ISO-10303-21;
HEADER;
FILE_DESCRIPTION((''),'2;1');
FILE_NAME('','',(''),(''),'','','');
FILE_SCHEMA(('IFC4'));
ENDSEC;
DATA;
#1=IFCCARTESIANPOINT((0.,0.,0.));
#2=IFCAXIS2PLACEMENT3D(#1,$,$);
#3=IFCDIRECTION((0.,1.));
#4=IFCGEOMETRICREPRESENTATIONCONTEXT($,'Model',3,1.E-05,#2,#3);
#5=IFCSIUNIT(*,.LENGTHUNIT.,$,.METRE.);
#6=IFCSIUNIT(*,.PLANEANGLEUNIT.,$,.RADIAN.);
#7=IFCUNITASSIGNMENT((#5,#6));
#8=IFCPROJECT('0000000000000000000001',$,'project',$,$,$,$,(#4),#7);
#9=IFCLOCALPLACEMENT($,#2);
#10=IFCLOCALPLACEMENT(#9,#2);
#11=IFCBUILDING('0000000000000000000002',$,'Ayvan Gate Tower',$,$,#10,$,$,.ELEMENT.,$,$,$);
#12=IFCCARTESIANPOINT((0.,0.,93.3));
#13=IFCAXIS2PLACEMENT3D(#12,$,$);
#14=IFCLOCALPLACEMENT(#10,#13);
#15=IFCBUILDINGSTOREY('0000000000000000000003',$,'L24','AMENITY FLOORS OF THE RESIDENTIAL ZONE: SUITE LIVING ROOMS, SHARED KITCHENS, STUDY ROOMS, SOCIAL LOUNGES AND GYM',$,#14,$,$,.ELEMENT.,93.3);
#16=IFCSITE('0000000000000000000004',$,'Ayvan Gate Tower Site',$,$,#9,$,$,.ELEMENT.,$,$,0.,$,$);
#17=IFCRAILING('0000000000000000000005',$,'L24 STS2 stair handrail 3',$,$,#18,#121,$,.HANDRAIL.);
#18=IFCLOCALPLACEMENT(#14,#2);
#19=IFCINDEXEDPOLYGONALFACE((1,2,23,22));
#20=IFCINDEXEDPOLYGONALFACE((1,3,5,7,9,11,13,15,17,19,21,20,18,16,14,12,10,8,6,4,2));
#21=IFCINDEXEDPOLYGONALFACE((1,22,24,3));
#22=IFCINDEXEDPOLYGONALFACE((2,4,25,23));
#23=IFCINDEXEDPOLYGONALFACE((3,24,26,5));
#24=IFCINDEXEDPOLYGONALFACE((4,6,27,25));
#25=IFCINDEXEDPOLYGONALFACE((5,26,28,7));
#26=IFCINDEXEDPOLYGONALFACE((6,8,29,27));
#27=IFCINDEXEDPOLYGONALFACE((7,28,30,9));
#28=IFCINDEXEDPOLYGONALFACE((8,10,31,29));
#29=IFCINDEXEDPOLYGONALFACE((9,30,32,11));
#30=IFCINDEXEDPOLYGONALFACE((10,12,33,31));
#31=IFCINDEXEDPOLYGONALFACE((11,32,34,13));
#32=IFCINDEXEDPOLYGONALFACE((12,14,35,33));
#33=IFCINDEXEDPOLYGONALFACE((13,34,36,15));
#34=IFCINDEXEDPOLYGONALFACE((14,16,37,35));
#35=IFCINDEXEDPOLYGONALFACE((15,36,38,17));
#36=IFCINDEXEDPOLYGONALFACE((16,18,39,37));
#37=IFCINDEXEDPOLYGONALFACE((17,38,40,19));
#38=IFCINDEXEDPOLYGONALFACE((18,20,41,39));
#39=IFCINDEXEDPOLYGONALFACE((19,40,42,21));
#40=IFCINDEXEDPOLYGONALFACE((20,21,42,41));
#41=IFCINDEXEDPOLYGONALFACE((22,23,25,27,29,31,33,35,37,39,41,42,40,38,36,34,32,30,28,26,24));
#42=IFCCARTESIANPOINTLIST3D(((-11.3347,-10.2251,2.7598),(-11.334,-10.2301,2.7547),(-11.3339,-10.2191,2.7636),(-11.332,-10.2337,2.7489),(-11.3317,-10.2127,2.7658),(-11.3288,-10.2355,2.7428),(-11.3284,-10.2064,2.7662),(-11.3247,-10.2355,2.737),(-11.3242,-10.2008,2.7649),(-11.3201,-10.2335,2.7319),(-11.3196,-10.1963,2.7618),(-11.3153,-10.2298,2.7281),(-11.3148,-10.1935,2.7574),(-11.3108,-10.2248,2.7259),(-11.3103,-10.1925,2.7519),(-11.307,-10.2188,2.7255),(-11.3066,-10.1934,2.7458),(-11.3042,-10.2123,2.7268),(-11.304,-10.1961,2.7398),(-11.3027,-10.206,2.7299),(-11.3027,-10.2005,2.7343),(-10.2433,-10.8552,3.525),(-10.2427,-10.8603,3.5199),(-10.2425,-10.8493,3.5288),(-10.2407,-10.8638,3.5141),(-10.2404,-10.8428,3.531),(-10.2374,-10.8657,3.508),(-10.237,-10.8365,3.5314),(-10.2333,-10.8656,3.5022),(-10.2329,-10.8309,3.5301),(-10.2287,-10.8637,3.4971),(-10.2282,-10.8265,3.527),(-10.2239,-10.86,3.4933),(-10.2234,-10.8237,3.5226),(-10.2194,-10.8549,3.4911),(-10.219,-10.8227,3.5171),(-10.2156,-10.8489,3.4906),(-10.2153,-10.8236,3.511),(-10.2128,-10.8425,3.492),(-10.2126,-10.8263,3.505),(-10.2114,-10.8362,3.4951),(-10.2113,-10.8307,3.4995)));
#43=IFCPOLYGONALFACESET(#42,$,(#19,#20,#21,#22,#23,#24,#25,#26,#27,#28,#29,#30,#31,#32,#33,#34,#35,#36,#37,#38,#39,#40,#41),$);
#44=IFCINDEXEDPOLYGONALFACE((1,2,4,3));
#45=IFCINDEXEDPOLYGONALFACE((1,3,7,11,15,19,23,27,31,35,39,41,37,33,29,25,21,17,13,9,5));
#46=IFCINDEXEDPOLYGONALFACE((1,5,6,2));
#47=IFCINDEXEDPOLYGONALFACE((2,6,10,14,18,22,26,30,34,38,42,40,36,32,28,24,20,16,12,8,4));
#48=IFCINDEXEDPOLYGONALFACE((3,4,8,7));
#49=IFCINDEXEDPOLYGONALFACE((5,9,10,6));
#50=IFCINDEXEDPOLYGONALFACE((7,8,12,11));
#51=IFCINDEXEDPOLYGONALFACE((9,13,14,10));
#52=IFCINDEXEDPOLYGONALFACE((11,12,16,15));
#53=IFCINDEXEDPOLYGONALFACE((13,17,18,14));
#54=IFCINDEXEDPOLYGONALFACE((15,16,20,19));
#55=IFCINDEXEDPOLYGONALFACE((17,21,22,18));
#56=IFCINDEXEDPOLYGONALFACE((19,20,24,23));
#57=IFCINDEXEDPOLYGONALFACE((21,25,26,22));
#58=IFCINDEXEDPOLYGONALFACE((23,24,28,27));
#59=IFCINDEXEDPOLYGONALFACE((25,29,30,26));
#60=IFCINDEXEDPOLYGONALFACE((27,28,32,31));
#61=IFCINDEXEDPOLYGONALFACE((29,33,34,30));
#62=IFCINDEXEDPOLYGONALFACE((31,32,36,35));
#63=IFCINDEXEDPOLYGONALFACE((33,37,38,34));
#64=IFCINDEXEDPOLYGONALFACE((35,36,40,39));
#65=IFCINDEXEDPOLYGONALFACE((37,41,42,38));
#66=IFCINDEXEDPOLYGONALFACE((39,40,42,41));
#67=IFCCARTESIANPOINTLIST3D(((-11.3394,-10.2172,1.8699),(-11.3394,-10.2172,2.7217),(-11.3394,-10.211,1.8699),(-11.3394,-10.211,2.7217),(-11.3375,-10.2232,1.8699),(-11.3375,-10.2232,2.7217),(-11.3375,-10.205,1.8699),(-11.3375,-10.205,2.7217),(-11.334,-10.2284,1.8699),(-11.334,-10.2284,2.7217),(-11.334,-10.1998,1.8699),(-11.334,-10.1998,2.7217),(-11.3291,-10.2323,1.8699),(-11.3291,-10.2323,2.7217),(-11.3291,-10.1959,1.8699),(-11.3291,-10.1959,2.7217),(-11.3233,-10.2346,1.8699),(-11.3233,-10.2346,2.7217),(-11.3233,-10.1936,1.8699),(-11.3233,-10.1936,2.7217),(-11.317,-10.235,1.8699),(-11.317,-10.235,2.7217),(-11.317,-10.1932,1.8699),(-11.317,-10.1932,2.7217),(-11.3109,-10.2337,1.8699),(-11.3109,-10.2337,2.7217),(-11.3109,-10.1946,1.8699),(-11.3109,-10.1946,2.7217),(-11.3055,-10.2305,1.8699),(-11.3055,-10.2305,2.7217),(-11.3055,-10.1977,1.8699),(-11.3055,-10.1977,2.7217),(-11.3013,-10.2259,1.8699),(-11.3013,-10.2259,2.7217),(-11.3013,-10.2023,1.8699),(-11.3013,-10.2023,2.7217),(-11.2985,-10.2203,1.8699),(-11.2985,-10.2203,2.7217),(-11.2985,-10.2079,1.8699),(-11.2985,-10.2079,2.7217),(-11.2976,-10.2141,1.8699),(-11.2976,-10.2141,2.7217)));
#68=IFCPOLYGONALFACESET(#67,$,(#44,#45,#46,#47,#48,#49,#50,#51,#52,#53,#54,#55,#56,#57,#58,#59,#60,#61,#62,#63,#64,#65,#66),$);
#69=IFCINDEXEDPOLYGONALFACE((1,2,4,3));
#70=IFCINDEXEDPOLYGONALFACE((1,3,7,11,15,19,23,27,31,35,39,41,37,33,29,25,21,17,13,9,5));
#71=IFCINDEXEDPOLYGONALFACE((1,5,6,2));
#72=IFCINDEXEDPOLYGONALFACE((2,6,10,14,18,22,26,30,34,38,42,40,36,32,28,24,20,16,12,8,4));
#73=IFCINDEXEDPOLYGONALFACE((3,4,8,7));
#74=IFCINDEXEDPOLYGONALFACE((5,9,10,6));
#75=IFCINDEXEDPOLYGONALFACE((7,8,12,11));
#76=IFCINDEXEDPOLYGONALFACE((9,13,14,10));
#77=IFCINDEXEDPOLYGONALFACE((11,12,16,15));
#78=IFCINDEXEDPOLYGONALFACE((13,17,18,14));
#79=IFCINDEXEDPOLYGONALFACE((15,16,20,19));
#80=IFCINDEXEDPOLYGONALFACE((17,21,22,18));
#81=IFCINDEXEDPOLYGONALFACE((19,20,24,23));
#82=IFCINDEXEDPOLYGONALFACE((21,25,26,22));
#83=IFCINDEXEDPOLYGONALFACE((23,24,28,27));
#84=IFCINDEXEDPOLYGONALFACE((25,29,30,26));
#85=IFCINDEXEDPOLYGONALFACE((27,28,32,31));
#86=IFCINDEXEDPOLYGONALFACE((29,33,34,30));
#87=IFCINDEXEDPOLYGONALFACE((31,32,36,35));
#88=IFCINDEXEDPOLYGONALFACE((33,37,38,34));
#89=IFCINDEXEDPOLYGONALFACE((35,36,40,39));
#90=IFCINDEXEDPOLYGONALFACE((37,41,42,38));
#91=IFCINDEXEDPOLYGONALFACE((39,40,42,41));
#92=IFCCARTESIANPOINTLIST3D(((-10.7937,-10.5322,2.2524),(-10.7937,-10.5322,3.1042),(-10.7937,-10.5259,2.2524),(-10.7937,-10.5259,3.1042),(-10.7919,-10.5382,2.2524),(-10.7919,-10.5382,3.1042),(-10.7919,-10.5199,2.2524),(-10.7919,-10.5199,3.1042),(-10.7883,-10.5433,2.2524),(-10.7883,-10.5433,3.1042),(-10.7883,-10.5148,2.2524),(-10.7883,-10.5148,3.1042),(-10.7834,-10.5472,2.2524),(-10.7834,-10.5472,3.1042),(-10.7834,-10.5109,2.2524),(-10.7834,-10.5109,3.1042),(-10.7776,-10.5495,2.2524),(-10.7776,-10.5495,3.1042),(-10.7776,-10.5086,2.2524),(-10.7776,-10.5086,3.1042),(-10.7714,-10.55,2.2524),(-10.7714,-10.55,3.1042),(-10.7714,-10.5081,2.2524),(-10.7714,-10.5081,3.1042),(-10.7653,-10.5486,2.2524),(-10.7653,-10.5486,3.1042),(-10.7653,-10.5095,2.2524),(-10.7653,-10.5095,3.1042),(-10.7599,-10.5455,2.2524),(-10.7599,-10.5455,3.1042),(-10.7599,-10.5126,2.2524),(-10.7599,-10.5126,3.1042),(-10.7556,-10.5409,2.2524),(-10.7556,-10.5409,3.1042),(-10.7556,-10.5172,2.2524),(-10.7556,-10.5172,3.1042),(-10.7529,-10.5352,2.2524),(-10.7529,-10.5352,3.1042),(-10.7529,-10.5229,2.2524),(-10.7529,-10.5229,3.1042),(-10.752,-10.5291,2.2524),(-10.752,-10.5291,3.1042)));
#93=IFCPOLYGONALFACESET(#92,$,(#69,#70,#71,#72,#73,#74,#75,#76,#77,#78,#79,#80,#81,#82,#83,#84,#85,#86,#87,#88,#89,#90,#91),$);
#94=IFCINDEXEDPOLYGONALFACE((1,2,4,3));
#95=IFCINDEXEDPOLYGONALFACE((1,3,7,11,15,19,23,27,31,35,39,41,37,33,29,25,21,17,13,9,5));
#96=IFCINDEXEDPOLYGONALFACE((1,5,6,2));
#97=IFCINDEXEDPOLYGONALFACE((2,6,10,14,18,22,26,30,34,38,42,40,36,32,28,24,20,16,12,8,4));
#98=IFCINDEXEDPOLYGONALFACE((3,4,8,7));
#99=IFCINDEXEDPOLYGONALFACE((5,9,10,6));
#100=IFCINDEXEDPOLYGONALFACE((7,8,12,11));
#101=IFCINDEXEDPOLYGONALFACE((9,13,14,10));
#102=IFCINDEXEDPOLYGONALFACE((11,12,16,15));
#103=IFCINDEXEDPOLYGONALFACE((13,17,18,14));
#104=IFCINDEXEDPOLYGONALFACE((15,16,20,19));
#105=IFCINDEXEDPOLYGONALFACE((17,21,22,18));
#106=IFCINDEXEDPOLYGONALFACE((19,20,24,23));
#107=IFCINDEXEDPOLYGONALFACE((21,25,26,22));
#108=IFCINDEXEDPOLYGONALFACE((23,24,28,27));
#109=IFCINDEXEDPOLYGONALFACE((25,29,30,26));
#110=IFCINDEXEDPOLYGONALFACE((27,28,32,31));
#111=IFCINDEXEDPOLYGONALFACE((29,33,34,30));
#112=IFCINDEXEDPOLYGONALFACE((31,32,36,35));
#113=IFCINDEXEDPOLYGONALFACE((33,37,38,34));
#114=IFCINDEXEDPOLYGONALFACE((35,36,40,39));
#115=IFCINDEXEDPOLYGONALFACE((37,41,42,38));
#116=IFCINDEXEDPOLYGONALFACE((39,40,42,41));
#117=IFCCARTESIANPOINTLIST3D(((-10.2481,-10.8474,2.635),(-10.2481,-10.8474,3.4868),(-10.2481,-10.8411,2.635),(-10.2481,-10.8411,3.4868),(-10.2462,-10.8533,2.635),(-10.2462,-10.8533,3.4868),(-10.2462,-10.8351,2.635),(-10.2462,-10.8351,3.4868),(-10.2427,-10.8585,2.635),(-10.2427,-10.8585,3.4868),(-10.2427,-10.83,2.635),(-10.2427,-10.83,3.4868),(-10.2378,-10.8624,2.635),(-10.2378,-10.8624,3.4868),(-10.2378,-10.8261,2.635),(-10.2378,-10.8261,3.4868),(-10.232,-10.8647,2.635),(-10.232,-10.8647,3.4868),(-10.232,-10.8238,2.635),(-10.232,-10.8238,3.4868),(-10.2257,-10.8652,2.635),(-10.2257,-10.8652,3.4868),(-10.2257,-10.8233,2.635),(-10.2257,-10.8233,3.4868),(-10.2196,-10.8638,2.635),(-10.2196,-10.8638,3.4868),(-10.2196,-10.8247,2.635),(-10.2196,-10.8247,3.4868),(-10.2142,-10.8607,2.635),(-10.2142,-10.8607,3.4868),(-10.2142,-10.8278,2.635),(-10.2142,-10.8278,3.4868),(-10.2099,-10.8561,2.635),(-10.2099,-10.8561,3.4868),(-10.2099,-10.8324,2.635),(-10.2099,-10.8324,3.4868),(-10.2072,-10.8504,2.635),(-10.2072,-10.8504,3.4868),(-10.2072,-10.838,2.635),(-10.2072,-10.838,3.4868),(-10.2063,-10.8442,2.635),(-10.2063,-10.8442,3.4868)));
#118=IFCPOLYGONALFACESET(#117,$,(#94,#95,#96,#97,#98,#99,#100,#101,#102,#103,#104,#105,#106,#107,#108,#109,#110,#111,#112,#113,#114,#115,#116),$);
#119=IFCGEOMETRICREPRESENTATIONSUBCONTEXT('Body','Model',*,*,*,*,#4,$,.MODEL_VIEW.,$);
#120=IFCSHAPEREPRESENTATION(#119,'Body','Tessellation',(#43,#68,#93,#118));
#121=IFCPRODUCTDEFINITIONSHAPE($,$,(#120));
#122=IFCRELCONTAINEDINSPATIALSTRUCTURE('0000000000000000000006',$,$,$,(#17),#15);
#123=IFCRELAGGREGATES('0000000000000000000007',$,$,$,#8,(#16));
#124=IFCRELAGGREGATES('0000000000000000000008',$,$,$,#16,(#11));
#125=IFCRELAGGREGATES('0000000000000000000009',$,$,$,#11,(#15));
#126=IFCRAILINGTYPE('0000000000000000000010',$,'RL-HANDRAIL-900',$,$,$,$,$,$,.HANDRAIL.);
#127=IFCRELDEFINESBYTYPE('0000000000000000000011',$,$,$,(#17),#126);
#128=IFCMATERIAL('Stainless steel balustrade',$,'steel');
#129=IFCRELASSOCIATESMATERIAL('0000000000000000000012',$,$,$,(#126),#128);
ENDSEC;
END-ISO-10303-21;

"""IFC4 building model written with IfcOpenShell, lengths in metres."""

from ifc_helpers import new_model, si_unit, direction, frame, origin, origin_2d, place, context, subcontext, project, spatial, circle, extrude, material, type_object, element, save


model = new_model("IFC4")

# Units and contexts
model_context = context("Model", 3, precision=1e-05, world=origin(), true_north=direction((0.0, 1.0)))
body_context = subcontext(model_context, "Body", "Model", "MODEL_VIEW")
ifc_project = project(units=[si_unit("LENGTHUNIT", "METRE"), si_unit("PLANEANGLEUNIT", "RADIAN")], contexts=[model_context])

# Site, building, storey
site_placement = place(None, origin())
site = spatial("IfcSite", under=ifc_project, at=site_placement, Name="Ayvan Gate Tower Site", CompositionType="ELEMENT", RefElevation=0.0)
building_placement = place(site_placement, origin())
building = spatial("IfcBuilding", under=site, at=building_placement, Name="Ayvan Gate Tower", CompositionType="ELEMENT")
storey_placement = place(building_placement, frame((0.0, 0.0, 93.3)))
storey = spatial("IfcBuildingStorey", under=building, at=storey_placement, Name="L24", Description="AMENITY FLOORS OF THE RESIDENTIAL ZONE: SUITE LIVING ROOMS, SHARED KITCHENS, STUDY ROOMS, SOCIAL LOUNGES AND GYM", CompositionType="ELEMENT", Elevation=93.3)

# Railing
ifc_material_1 = material(Name="Stainless steel balustrade", Category="steel")
railing_type_1 = type_object("IfcRailingType", Name="RL-HANDRAIL-900", PredefinedType="HANDRAIL", material=ifc_material_1)
railing_1_placement = place(storey_placement, frame((-11.3186, -10.2141, 1.8699)))
element("IfcRailing", 1, at=railing_1_placement, inside=storey, type_object=railing_type_1, Name="L24 STS2 stair handrail 3", PredefinedType="HANDRAIL", context=body_context, shape_type="SweptSolid", body=[
    extrude(circle(Radius=0.0239, at=origin_2d()), frame((0.0, 0.0, 0.876), z_axis=(0.740241, -0.427419, 0.518996), x_axis=(0.500035, 0.866005, 0.0)), (0.0, 0.0, 1.0), 1.4744),
    extrude(circle(Radius=0.021, at=origin_2d()), origin(), (0.0, 0.0, 1.0), 0.8518),
    extrude(circle(Radius=0.021, at=origin_2d()), frame((0.5457, -0.3149, 0.3826)), (0.0, 0.0, 1.0), 0.8518),
    extrude(circle(Radius=0.021, at=origin_2d()), frame((1.0913, -0.6301, 0.7651)), (0.0, 0.0, 1.0), 0.8518),
])

save(model, "model.ifc")
